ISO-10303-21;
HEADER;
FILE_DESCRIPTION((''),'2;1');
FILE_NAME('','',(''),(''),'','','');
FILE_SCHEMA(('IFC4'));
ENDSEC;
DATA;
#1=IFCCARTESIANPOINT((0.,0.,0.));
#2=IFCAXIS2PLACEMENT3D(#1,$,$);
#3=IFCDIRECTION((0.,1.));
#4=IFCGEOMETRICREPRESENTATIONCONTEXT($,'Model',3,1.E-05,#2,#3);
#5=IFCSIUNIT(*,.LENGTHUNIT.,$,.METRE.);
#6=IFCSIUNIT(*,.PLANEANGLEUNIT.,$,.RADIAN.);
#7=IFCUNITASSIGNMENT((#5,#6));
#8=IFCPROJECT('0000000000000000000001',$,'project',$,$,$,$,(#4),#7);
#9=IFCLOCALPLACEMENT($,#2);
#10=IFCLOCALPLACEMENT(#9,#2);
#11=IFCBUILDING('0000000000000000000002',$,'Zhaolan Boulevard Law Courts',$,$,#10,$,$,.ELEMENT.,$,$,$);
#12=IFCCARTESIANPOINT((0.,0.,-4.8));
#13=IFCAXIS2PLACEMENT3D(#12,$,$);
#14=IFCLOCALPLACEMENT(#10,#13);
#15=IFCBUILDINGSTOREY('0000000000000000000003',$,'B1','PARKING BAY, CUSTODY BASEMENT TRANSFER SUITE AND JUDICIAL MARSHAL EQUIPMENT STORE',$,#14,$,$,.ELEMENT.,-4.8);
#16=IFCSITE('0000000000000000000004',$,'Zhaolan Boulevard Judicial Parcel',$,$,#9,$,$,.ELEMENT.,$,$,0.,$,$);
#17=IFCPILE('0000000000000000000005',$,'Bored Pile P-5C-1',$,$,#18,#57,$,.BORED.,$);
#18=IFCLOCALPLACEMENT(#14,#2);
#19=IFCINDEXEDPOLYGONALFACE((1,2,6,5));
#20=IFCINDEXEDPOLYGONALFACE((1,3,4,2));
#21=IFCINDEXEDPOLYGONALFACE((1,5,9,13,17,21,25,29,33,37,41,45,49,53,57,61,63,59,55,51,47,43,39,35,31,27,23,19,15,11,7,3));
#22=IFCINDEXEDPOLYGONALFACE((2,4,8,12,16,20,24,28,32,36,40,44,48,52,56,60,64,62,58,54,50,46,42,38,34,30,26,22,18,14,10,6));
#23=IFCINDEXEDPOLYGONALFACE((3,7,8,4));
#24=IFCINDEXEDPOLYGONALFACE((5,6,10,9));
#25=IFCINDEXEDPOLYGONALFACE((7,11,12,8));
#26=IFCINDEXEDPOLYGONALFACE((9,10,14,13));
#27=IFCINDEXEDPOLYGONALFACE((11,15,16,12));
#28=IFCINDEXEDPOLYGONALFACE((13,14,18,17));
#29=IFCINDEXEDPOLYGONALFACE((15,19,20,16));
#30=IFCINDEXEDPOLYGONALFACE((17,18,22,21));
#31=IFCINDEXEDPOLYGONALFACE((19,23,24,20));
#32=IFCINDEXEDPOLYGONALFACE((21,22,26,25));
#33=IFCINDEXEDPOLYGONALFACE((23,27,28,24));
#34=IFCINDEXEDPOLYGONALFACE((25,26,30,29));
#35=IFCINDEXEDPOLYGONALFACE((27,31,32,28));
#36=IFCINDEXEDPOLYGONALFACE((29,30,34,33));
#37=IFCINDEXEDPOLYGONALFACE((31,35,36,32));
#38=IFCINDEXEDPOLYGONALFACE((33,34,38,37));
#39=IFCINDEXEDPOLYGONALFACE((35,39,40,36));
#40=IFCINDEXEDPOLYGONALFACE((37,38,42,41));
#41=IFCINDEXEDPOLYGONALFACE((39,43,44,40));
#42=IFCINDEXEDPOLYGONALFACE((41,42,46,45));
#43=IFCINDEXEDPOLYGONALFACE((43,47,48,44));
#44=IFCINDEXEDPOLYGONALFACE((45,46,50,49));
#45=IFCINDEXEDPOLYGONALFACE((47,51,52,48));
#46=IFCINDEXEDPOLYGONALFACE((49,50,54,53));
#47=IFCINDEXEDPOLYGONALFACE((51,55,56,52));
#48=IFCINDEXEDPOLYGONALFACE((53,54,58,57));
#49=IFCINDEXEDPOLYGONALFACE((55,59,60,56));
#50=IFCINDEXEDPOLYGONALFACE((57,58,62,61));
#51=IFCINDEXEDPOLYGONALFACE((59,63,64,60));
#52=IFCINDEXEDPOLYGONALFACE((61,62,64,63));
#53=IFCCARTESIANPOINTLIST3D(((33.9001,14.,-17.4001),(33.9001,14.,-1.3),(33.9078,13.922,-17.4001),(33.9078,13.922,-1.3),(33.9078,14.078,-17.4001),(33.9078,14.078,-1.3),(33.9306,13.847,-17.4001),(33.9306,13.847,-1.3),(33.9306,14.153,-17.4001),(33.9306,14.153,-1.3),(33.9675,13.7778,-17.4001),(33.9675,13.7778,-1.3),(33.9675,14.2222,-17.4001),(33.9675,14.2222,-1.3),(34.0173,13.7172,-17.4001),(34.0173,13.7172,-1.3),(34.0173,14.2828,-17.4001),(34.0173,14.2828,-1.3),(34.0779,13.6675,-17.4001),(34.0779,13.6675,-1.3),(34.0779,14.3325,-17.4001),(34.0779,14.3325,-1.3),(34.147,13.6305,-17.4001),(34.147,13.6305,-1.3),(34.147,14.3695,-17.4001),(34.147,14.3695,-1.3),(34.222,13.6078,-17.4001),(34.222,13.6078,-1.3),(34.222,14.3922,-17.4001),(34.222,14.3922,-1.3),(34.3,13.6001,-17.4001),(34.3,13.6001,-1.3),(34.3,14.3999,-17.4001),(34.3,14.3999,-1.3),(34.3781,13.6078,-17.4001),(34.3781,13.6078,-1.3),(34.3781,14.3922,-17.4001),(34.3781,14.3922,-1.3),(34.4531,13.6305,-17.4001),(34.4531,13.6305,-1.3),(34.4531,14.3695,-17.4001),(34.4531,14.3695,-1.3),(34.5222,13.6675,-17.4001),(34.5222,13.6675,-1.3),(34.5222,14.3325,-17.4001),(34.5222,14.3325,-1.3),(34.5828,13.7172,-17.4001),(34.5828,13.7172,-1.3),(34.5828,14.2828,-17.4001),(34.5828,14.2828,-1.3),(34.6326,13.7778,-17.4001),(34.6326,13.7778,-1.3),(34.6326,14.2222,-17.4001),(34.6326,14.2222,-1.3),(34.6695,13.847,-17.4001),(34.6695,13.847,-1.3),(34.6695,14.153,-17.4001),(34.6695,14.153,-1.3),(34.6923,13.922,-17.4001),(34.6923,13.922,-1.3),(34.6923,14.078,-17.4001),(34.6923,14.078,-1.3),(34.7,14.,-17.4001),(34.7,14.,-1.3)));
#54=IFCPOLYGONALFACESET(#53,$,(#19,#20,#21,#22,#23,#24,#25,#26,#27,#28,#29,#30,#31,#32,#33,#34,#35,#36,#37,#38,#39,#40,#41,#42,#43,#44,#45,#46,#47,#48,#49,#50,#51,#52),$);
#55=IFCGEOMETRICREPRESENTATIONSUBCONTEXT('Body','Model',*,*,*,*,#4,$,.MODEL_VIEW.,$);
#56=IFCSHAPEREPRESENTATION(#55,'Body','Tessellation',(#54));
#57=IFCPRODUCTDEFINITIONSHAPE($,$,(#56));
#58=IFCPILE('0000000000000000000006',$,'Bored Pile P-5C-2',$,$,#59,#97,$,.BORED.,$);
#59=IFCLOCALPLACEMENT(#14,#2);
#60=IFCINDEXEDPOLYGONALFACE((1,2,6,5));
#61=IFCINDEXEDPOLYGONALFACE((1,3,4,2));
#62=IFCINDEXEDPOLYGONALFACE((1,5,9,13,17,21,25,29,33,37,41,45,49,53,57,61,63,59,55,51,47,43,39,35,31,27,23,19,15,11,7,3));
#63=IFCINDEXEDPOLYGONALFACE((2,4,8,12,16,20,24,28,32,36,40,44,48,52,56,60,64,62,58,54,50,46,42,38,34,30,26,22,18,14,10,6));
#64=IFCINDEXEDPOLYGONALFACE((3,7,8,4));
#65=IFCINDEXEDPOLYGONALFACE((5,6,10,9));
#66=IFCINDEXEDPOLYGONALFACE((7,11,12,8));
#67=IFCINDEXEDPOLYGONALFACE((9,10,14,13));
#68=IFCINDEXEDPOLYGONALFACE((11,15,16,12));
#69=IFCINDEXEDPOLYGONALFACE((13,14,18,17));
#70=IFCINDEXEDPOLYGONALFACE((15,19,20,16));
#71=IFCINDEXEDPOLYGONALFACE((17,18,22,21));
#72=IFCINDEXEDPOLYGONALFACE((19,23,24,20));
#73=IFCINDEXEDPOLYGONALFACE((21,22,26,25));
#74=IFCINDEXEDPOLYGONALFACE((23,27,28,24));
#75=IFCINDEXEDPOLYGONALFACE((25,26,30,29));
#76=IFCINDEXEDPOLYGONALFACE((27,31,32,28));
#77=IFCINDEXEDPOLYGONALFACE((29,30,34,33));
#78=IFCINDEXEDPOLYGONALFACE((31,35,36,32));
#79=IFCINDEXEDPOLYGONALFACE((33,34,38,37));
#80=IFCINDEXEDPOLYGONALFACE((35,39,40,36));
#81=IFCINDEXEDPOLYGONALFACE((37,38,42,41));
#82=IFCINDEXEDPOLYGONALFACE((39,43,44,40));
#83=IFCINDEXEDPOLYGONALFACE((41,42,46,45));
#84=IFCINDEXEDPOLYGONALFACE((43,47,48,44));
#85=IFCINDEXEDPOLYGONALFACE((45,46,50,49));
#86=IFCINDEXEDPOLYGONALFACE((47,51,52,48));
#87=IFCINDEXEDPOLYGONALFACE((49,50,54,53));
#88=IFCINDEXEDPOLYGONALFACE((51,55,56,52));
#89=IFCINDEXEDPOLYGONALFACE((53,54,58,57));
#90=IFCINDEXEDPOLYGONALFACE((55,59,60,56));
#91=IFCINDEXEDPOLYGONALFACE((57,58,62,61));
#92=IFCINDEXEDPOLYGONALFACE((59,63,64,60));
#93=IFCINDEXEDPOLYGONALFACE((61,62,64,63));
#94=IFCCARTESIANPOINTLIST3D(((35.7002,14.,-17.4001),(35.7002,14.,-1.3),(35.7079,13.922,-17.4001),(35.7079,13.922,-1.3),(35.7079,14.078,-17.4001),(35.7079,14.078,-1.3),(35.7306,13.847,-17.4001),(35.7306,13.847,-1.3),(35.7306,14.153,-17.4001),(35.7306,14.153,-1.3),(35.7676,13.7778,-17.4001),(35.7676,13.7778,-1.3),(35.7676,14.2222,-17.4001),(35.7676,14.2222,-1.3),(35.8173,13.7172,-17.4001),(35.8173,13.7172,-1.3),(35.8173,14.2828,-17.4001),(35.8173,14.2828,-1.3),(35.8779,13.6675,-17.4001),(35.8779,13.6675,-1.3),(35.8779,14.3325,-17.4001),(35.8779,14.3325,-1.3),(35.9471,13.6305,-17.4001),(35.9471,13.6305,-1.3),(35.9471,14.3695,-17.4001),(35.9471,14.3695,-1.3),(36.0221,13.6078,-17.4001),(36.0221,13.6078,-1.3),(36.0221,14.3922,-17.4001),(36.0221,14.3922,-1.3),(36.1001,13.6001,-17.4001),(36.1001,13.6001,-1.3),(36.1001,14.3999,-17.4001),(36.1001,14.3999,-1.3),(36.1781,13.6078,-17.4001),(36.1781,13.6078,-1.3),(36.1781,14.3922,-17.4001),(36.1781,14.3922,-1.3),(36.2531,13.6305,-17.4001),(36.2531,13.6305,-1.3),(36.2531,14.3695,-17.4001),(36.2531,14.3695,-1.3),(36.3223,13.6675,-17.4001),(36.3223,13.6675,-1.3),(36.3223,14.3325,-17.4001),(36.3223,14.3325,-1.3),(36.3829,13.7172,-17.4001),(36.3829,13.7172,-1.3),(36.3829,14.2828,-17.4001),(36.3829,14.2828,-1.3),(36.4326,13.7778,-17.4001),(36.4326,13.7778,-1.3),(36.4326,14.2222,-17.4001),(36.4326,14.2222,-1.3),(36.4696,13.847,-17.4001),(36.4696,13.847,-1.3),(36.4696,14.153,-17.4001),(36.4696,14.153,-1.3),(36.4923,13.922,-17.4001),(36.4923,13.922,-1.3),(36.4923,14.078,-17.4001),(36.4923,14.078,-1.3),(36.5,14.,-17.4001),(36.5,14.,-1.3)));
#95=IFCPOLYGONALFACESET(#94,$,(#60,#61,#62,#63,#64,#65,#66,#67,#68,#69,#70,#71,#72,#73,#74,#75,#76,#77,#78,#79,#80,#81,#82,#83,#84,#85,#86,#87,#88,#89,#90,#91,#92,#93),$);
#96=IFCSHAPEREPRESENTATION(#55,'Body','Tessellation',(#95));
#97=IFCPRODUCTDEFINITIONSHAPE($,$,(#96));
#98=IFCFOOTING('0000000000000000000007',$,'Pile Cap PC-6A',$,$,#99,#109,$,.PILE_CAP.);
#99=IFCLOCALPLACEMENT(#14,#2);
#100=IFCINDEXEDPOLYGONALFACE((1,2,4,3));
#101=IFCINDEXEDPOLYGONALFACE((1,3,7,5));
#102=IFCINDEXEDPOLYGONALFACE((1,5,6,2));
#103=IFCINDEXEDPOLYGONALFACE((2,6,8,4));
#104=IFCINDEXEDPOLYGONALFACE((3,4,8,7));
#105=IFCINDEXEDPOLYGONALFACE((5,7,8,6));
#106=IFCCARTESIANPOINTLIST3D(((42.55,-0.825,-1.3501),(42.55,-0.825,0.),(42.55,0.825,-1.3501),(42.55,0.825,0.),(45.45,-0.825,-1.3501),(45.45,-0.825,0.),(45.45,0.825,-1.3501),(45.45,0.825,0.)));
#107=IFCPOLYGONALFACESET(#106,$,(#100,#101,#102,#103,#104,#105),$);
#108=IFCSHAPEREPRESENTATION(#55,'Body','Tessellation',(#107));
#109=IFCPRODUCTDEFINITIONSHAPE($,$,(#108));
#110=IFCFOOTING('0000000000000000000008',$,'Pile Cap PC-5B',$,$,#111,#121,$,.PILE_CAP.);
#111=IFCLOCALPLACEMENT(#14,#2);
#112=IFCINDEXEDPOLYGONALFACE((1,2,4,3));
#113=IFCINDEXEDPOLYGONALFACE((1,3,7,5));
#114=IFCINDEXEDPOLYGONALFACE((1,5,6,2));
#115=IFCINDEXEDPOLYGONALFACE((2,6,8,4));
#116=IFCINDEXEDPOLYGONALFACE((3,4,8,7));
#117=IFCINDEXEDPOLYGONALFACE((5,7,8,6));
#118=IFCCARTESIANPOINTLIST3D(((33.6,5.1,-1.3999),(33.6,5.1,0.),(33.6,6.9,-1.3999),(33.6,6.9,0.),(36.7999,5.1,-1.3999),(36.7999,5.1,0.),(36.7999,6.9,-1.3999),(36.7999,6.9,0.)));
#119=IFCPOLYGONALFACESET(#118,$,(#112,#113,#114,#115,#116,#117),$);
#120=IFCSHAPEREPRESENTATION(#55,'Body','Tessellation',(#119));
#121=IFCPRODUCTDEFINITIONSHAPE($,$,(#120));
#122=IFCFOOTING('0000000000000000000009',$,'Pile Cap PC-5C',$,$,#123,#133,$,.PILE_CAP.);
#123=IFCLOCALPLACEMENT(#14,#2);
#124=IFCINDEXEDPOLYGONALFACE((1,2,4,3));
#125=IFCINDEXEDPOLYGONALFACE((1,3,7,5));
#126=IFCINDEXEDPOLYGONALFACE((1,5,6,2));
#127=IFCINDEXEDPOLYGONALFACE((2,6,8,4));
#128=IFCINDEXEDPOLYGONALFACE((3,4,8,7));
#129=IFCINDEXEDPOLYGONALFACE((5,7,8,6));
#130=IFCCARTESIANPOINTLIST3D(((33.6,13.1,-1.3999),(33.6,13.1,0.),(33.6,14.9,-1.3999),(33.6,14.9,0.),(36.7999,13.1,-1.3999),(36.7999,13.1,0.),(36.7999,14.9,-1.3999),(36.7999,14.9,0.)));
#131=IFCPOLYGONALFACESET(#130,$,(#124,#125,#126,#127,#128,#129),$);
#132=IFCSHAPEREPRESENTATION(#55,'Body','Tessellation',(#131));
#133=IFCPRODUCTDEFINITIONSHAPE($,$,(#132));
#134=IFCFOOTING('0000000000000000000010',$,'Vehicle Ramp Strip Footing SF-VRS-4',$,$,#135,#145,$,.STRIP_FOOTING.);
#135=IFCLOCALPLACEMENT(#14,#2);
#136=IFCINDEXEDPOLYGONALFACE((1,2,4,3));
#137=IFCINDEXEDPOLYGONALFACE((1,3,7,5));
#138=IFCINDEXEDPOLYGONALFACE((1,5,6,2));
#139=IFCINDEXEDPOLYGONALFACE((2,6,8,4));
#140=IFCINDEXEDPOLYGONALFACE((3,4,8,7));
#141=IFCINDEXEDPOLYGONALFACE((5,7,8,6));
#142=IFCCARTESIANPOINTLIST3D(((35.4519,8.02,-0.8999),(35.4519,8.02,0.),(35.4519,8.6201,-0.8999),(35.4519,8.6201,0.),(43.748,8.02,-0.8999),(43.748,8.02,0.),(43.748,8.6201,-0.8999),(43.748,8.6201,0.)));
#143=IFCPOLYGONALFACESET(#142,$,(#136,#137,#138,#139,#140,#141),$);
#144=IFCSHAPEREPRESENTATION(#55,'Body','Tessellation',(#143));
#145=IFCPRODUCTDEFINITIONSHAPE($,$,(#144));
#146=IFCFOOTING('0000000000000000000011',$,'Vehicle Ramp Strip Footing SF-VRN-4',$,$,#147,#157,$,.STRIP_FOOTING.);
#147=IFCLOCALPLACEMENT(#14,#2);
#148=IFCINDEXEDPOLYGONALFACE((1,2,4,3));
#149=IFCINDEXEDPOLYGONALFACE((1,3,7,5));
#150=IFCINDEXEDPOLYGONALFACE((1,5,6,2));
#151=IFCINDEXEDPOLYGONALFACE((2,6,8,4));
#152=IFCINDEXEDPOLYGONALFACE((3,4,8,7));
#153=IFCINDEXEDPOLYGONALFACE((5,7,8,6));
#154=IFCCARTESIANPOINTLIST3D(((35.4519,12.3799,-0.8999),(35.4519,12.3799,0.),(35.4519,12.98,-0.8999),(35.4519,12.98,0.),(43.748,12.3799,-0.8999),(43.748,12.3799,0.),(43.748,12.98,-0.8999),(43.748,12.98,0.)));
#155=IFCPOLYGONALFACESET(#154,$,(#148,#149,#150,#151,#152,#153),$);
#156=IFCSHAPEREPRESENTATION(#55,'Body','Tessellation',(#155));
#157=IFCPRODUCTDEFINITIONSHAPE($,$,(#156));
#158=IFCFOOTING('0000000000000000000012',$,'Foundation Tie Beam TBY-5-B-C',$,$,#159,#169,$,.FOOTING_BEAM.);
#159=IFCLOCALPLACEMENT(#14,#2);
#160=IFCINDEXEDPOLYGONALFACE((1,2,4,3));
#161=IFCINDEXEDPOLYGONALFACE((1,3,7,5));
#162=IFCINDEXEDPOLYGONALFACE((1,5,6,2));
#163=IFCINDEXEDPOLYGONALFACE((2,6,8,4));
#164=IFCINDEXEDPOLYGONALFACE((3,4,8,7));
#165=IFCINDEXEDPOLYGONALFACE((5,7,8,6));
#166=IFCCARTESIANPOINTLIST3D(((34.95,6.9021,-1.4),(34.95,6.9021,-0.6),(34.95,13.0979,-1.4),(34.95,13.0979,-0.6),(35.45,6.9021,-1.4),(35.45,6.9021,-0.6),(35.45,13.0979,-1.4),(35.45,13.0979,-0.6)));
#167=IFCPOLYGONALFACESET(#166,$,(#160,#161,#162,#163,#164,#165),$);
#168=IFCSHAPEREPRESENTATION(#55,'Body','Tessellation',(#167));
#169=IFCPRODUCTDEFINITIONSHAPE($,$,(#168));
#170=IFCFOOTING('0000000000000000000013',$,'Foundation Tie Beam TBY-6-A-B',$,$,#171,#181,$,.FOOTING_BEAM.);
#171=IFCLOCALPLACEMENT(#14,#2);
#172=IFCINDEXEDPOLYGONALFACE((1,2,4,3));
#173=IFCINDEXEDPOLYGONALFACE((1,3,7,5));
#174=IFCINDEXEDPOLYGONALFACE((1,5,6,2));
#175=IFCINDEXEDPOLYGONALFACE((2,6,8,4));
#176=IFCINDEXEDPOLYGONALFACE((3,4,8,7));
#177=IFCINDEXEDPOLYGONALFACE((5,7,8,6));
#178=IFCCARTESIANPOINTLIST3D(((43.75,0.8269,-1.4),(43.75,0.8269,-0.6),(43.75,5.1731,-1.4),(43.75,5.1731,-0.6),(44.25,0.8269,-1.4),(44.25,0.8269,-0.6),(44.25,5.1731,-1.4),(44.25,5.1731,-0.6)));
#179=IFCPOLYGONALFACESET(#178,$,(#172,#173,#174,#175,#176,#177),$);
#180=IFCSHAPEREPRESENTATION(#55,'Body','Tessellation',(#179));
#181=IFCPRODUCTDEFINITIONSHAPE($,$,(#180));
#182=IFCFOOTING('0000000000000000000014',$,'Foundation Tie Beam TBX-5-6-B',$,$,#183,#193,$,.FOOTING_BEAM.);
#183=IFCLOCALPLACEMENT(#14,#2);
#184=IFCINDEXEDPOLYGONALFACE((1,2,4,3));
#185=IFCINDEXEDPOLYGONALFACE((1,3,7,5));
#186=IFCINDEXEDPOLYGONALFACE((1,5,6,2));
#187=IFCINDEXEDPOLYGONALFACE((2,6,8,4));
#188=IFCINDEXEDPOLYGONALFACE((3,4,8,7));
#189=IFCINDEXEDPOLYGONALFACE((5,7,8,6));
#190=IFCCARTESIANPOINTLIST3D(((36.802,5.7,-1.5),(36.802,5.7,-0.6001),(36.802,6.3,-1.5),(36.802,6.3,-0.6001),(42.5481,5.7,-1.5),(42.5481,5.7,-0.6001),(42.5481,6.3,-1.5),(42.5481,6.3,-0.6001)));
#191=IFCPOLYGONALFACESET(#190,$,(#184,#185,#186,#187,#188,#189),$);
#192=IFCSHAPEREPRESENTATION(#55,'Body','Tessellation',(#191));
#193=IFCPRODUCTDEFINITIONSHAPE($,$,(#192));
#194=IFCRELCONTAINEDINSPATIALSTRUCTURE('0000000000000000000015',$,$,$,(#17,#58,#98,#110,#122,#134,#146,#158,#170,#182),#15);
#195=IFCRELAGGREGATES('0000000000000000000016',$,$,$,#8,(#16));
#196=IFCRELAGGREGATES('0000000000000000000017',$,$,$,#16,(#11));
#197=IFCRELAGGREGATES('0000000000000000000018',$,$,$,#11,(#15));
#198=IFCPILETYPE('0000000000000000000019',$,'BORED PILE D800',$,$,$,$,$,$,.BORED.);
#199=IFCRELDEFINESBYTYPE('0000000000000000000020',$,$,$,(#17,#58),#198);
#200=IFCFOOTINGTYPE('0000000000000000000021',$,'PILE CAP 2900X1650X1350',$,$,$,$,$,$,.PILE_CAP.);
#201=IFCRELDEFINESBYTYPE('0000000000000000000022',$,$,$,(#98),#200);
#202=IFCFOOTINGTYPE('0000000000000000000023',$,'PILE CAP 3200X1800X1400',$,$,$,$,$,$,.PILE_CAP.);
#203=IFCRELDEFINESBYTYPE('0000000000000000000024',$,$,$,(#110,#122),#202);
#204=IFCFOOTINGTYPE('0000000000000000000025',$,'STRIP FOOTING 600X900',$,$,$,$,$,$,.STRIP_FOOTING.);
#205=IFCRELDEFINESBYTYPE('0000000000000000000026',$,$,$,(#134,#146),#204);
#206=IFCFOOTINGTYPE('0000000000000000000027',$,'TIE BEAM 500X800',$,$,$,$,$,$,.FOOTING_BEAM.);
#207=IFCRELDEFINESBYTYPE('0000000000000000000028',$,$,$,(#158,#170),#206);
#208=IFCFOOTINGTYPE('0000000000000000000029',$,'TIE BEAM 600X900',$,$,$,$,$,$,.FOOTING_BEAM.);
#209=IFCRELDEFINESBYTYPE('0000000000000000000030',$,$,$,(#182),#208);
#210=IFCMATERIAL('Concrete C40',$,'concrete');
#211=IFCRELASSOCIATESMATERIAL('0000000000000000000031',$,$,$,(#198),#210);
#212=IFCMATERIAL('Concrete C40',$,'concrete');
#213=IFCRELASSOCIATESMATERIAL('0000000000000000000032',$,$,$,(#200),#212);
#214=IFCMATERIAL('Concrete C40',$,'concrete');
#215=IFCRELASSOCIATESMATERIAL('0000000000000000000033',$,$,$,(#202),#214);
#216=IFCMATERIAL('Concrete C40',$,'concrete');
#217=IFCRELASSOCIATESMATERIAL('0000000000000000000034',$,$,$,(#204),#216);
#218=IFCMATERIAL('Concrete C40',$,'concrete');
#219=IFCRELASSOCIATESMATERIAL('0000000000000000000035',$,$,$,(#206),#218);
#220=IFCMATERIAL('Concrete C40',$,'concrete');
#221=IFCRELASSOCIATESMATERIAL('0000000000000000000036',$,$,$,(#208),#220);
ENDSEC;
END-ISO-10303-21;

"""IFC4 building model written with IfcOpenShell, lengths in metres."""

from ifc_helpers import new_model, si_unit, direction, frame, origin, origin_2d, place, context, subcontext, project, spatial, rectangle, circle, extrude, material, material_profile, profile_set, type_object, element, save


model = new_model("IFC4")

# Units and contexts
model_context = context("Model", 3, precision=1e-05, world=origin(), true_north=direction((0.0, 1.0)))
body_context = subcontext(model_context, "Body", "Model", "MODEL_VIEW")
ifc_project = project(units=[si_unit("LENGTHUNIT", "METRE"), si_unit("PLANEANGLEUNIT", "RADIAN")], contexts=[model_context])

# Site, building, storey
site_placement = place(None, origin())
site = spatial("IfcSite", under=ifc_project, at=site_placement, Name="Zhaolan Boulevard Judicial Parcel", CompositionType="ELEMENT", RefElevation=0.0)
building_placement = place(site_placement, origin())
building = spatial("IfcBuilding", under=site, at=building_placement, Name="Zhaolan Boulevard Law Courts", CompositionType="ELEMENT")
storey_placement = place(building_placement, frame((0.0, 0.0, -4.8)))
storey = spatial("IfcBuildingStorey", under=building, at=storey_placement, Name="B1", Description="PARKING BAY, CUSTODY BASEMENT TRANSFER SUITE AND JUDICIAL MARSHAL EQUIPMENT STORE", CompositionType="ELEMENT", Elevation=-4.8)

# Piles
ifc_material_1 = material(Name="Concrete C40", Category="concrete")
ifc_material_profile_1 = material_profile(ifc_material_1, circle(Radius=0.3999, at=origin_2d()), Name="PILE-D800")
ifc_profile_set_1 = profile_set([ifc_material_profile_1], Name="Concrete C40")
pile_type_1 = type_object("IfcPileType", Name="BORED PILE D800", PredefinedType="BORED", material=ifc_profile_set_1)
for number, where, z_axis, x_axis, name in (
    (1, (34.3, 14.0, -1.3), (0.0, 0.0, -1.0), (1.0, 0.0, 0.0), "Bored Pile P-5C-1"),
    (2, (36.1001, 14.0, -1.3), (0.0, 0.0, -1.0), (1.0, 0.0, 0.0), "Bored Pile P-5C-2"),
):
    element("IfcPile", number, at=place(storey_placement, frame(where, z_axis=z_axis, x_axis=x_axis)), inside=storey, type_object=pile_type_1, Name=name, PredefinedType="BORED", context=body_context, shape_type="SweptSolid", body=[
        extrude(circle(Radius=0.3999, at=origin_2d()), origin(), (0.0, 0.0, 1.0), 16.1001),
    ])

# Footings
ifc_material_2 = material(Name="Concrete C40", Category="concrete")
footing_type_1 = type_object("IfcFootingType", Name="PILE CAP 2900X1650X1350", PredefinedType="PILE_CAP", material=ifc_material_2)
footing_1_placement = place(storey_placement, frame((44.0, 0.0, -1.3501), z_axis=(0.0, 0.0, 1.0), x_axis=(1.0, 0.0, 0.0)))
element("IfcFooting", 3, at=footing_1_placement, inside=storey, type_object=footing_type_1, Name="Pile Cap PC-6A", PredefinedType="PILE_CAP", context=body_context, shape_type="SweptSolid", body=[
    extrude(rectangle(XDim=2.8999, YDim=1.6499, at=origin_2d()), origin(), (0.0, 0.0, 1.0), 1.3501),
])
ifc_material_3 = material(Name="Concrete C40", Category="concrete")
footing_type_2 = type_object("IfcFootingType", Name="PILE CAP 3200X1800X1400", PredefinedType="PILE_CAP", material=ifc_material_3)
for number, where, z_axis, x_axis, name in (
    (4, (35.2, 6.0, -1.3999), (0.0, 0.0, 1.0), (1.0, 0.0, 0.0), "Pile Cap PC-5B"),
    (5, (35.2, 14.0, -1.3999), (0.0, 0.0, 1.0), (1.0, 0.0, 0.0), "Pile Cap PC-5C"),
):
    element("IfcFooting", number, at=place(storey_placement, frame(where, z_axis=z_axis, x_axis=x_axis)), inside=storey, type_object=footing_type_2, Name=name, PredefinedType="PILE_CAP", context=body_context, shape_type="SweptSolid", body=[
        extrude(rectangle(XDim=3.2, YDim=1.8, at=origin_2d()), origin(), (0.0, 0.0, 1.0), 1.3999),
    ])
ifc_material_4 = material(Name="Concrete C40", Category="concrete")
ifc_material_profile_2 = material_profile(ifc_material_4, rectangle(XDim=0.6001, YDim=0.8999, at=origin_2d()), Name="RC600x900")
ifc_profile_set_2 = profile_set([ifc_material_profile_2], Name="Concrete C40")
footing_type_3 = type_object("IfcFootingType", Name="STRIP FOOTING 600X900", PredefinedType="STRIP_FOOTING", material=ifc_profile_set_2)
for number, where, z_axis, x_axis, name in (
    (6, (35.4519, 8.3201, -0.45), (1.0, 0.0, 0.0), (0.0, 1.0, 0.0), "Vehicle Ramp Strip Footing SF-VRS-4"),
    (7, (35.4519, 12.6799, -0.45), (1.0, 0.0, 0.0), (0.0, 1.0, 0.0), "Vehicle Ramp Strip Footing SF-VRN-4"),
):
    element("IfcFooting", number, at=place(storey_placement, frame(where, z_axis=z_axis, x_axis=x_axis)), inside=storey, type_object=footing_type_3, Name=name, PredefinedType="STRIP_FOOTING", context=body_context, shape_type="SweptSolid", body=[
        extrude(rectangle(XDim=0.6001, YDim=0.8999, at=origin_2d()), origin(), (0.0, 0.0, 1.0), 8.2961),
    ])
ifc_material_5 = material(Name="Concrete C40", Category="concrete")
ifc_material_profile_3 = material_profile(ifc_material_5, rectangle(XDim=0.5, YDim=0.8, at=origin_2d()), Name="RC500x800")
ifc_profile_set_3 = profile_set([ifc_material_profile_3], Name="Concrete C40")
footing_type_4 = type_object("IfcFootingType", Name="TIE BEAM 500X800", PredefinedType="FOOTING_BEAM", material=ifc_profile_set_3)
footing_2_placement = place(storey_placement, frame((35.2, 6.9021, -1.0), z_axis=(0.0, 1.0, 0.0), x_axis=(-1.0, 0.0, 0.0)))
element("IfcFooting", 8, at=footing_2_placement, inside=storey, type_object=footing_type_4, Name="Foundation Tie Beam TBY-5-B-C", PredefinedType="FOOTING_BEAM", context=body_context, shape_type="SweptSolid", body=[
    extrude(rectangle(XDim=0.5, YDim=0.8, at=origin_2d()), origin(), (0.0, 0.0, 1.0), 6.1958),
])
footing_3_placement = place(storey_placement, frame((44.0, 0.8269, -1.0), z_axis=(0.0, 1.0, 0.0), x_axis=(-1.0, 0.0, 0.0)))
element("IfcFooting", 9, at=footing_3_placement, inside=storey, type_object=footing_type_4, Name="Foundation Tie Beam TBY-6-A-B", PredefinedType="FOOTING_BEAM", context=body_context, shape_type="SweptSolid", body=[
    extrude(rectangle(XDim=0.5, YDim=0.8, at=origin_2d()), origin(), (0.0, 0.0, 1.0), 4.3462),
])
ifc_material_6 = material(Name="Concrete C40", Category="concrete")
ifc_material_profile_4 = material_profile(ifc_material_6, rectangle(XDim=0.6001, YDim=0.8999, at=origin_2d()), Name="RC600x900")
ifc_profile_set_4 = profile_set([ifc_material_profile_4], Name="Concrete C40")
footing_type_5 = type_object("IfcFootingType", Name="TIE BEAM 600X900", PredefinedType="FOOTING_BEAM", material=ifc_profile_set_4)
for number, where, z_axis, x_axis, name in (
    (10, (36.802, 6.0, -1.05), (1.0, 0.0, 0.0), (0.0, 1.0, 0.0), "Foundation Tie Beam TBX-5-6-B"),
):
    element("IfcFooting", number, at=place(storey_placement, frame(where, z_axis=z_axis, x_axis=x_axis)), inside=storey, type_object=footing_type_5, Name=name, PredefinedType="FOOTING_BEAM", context=body_context, shape_type="SweptSolid", body=[
        extrude(rectangle(XDim=0.6001, YDim=0.8999, at=origin_2d()), origin(), (0.0, 0.0, 1.0), 5.7461),
    ])

save(model, "model.ifc")
